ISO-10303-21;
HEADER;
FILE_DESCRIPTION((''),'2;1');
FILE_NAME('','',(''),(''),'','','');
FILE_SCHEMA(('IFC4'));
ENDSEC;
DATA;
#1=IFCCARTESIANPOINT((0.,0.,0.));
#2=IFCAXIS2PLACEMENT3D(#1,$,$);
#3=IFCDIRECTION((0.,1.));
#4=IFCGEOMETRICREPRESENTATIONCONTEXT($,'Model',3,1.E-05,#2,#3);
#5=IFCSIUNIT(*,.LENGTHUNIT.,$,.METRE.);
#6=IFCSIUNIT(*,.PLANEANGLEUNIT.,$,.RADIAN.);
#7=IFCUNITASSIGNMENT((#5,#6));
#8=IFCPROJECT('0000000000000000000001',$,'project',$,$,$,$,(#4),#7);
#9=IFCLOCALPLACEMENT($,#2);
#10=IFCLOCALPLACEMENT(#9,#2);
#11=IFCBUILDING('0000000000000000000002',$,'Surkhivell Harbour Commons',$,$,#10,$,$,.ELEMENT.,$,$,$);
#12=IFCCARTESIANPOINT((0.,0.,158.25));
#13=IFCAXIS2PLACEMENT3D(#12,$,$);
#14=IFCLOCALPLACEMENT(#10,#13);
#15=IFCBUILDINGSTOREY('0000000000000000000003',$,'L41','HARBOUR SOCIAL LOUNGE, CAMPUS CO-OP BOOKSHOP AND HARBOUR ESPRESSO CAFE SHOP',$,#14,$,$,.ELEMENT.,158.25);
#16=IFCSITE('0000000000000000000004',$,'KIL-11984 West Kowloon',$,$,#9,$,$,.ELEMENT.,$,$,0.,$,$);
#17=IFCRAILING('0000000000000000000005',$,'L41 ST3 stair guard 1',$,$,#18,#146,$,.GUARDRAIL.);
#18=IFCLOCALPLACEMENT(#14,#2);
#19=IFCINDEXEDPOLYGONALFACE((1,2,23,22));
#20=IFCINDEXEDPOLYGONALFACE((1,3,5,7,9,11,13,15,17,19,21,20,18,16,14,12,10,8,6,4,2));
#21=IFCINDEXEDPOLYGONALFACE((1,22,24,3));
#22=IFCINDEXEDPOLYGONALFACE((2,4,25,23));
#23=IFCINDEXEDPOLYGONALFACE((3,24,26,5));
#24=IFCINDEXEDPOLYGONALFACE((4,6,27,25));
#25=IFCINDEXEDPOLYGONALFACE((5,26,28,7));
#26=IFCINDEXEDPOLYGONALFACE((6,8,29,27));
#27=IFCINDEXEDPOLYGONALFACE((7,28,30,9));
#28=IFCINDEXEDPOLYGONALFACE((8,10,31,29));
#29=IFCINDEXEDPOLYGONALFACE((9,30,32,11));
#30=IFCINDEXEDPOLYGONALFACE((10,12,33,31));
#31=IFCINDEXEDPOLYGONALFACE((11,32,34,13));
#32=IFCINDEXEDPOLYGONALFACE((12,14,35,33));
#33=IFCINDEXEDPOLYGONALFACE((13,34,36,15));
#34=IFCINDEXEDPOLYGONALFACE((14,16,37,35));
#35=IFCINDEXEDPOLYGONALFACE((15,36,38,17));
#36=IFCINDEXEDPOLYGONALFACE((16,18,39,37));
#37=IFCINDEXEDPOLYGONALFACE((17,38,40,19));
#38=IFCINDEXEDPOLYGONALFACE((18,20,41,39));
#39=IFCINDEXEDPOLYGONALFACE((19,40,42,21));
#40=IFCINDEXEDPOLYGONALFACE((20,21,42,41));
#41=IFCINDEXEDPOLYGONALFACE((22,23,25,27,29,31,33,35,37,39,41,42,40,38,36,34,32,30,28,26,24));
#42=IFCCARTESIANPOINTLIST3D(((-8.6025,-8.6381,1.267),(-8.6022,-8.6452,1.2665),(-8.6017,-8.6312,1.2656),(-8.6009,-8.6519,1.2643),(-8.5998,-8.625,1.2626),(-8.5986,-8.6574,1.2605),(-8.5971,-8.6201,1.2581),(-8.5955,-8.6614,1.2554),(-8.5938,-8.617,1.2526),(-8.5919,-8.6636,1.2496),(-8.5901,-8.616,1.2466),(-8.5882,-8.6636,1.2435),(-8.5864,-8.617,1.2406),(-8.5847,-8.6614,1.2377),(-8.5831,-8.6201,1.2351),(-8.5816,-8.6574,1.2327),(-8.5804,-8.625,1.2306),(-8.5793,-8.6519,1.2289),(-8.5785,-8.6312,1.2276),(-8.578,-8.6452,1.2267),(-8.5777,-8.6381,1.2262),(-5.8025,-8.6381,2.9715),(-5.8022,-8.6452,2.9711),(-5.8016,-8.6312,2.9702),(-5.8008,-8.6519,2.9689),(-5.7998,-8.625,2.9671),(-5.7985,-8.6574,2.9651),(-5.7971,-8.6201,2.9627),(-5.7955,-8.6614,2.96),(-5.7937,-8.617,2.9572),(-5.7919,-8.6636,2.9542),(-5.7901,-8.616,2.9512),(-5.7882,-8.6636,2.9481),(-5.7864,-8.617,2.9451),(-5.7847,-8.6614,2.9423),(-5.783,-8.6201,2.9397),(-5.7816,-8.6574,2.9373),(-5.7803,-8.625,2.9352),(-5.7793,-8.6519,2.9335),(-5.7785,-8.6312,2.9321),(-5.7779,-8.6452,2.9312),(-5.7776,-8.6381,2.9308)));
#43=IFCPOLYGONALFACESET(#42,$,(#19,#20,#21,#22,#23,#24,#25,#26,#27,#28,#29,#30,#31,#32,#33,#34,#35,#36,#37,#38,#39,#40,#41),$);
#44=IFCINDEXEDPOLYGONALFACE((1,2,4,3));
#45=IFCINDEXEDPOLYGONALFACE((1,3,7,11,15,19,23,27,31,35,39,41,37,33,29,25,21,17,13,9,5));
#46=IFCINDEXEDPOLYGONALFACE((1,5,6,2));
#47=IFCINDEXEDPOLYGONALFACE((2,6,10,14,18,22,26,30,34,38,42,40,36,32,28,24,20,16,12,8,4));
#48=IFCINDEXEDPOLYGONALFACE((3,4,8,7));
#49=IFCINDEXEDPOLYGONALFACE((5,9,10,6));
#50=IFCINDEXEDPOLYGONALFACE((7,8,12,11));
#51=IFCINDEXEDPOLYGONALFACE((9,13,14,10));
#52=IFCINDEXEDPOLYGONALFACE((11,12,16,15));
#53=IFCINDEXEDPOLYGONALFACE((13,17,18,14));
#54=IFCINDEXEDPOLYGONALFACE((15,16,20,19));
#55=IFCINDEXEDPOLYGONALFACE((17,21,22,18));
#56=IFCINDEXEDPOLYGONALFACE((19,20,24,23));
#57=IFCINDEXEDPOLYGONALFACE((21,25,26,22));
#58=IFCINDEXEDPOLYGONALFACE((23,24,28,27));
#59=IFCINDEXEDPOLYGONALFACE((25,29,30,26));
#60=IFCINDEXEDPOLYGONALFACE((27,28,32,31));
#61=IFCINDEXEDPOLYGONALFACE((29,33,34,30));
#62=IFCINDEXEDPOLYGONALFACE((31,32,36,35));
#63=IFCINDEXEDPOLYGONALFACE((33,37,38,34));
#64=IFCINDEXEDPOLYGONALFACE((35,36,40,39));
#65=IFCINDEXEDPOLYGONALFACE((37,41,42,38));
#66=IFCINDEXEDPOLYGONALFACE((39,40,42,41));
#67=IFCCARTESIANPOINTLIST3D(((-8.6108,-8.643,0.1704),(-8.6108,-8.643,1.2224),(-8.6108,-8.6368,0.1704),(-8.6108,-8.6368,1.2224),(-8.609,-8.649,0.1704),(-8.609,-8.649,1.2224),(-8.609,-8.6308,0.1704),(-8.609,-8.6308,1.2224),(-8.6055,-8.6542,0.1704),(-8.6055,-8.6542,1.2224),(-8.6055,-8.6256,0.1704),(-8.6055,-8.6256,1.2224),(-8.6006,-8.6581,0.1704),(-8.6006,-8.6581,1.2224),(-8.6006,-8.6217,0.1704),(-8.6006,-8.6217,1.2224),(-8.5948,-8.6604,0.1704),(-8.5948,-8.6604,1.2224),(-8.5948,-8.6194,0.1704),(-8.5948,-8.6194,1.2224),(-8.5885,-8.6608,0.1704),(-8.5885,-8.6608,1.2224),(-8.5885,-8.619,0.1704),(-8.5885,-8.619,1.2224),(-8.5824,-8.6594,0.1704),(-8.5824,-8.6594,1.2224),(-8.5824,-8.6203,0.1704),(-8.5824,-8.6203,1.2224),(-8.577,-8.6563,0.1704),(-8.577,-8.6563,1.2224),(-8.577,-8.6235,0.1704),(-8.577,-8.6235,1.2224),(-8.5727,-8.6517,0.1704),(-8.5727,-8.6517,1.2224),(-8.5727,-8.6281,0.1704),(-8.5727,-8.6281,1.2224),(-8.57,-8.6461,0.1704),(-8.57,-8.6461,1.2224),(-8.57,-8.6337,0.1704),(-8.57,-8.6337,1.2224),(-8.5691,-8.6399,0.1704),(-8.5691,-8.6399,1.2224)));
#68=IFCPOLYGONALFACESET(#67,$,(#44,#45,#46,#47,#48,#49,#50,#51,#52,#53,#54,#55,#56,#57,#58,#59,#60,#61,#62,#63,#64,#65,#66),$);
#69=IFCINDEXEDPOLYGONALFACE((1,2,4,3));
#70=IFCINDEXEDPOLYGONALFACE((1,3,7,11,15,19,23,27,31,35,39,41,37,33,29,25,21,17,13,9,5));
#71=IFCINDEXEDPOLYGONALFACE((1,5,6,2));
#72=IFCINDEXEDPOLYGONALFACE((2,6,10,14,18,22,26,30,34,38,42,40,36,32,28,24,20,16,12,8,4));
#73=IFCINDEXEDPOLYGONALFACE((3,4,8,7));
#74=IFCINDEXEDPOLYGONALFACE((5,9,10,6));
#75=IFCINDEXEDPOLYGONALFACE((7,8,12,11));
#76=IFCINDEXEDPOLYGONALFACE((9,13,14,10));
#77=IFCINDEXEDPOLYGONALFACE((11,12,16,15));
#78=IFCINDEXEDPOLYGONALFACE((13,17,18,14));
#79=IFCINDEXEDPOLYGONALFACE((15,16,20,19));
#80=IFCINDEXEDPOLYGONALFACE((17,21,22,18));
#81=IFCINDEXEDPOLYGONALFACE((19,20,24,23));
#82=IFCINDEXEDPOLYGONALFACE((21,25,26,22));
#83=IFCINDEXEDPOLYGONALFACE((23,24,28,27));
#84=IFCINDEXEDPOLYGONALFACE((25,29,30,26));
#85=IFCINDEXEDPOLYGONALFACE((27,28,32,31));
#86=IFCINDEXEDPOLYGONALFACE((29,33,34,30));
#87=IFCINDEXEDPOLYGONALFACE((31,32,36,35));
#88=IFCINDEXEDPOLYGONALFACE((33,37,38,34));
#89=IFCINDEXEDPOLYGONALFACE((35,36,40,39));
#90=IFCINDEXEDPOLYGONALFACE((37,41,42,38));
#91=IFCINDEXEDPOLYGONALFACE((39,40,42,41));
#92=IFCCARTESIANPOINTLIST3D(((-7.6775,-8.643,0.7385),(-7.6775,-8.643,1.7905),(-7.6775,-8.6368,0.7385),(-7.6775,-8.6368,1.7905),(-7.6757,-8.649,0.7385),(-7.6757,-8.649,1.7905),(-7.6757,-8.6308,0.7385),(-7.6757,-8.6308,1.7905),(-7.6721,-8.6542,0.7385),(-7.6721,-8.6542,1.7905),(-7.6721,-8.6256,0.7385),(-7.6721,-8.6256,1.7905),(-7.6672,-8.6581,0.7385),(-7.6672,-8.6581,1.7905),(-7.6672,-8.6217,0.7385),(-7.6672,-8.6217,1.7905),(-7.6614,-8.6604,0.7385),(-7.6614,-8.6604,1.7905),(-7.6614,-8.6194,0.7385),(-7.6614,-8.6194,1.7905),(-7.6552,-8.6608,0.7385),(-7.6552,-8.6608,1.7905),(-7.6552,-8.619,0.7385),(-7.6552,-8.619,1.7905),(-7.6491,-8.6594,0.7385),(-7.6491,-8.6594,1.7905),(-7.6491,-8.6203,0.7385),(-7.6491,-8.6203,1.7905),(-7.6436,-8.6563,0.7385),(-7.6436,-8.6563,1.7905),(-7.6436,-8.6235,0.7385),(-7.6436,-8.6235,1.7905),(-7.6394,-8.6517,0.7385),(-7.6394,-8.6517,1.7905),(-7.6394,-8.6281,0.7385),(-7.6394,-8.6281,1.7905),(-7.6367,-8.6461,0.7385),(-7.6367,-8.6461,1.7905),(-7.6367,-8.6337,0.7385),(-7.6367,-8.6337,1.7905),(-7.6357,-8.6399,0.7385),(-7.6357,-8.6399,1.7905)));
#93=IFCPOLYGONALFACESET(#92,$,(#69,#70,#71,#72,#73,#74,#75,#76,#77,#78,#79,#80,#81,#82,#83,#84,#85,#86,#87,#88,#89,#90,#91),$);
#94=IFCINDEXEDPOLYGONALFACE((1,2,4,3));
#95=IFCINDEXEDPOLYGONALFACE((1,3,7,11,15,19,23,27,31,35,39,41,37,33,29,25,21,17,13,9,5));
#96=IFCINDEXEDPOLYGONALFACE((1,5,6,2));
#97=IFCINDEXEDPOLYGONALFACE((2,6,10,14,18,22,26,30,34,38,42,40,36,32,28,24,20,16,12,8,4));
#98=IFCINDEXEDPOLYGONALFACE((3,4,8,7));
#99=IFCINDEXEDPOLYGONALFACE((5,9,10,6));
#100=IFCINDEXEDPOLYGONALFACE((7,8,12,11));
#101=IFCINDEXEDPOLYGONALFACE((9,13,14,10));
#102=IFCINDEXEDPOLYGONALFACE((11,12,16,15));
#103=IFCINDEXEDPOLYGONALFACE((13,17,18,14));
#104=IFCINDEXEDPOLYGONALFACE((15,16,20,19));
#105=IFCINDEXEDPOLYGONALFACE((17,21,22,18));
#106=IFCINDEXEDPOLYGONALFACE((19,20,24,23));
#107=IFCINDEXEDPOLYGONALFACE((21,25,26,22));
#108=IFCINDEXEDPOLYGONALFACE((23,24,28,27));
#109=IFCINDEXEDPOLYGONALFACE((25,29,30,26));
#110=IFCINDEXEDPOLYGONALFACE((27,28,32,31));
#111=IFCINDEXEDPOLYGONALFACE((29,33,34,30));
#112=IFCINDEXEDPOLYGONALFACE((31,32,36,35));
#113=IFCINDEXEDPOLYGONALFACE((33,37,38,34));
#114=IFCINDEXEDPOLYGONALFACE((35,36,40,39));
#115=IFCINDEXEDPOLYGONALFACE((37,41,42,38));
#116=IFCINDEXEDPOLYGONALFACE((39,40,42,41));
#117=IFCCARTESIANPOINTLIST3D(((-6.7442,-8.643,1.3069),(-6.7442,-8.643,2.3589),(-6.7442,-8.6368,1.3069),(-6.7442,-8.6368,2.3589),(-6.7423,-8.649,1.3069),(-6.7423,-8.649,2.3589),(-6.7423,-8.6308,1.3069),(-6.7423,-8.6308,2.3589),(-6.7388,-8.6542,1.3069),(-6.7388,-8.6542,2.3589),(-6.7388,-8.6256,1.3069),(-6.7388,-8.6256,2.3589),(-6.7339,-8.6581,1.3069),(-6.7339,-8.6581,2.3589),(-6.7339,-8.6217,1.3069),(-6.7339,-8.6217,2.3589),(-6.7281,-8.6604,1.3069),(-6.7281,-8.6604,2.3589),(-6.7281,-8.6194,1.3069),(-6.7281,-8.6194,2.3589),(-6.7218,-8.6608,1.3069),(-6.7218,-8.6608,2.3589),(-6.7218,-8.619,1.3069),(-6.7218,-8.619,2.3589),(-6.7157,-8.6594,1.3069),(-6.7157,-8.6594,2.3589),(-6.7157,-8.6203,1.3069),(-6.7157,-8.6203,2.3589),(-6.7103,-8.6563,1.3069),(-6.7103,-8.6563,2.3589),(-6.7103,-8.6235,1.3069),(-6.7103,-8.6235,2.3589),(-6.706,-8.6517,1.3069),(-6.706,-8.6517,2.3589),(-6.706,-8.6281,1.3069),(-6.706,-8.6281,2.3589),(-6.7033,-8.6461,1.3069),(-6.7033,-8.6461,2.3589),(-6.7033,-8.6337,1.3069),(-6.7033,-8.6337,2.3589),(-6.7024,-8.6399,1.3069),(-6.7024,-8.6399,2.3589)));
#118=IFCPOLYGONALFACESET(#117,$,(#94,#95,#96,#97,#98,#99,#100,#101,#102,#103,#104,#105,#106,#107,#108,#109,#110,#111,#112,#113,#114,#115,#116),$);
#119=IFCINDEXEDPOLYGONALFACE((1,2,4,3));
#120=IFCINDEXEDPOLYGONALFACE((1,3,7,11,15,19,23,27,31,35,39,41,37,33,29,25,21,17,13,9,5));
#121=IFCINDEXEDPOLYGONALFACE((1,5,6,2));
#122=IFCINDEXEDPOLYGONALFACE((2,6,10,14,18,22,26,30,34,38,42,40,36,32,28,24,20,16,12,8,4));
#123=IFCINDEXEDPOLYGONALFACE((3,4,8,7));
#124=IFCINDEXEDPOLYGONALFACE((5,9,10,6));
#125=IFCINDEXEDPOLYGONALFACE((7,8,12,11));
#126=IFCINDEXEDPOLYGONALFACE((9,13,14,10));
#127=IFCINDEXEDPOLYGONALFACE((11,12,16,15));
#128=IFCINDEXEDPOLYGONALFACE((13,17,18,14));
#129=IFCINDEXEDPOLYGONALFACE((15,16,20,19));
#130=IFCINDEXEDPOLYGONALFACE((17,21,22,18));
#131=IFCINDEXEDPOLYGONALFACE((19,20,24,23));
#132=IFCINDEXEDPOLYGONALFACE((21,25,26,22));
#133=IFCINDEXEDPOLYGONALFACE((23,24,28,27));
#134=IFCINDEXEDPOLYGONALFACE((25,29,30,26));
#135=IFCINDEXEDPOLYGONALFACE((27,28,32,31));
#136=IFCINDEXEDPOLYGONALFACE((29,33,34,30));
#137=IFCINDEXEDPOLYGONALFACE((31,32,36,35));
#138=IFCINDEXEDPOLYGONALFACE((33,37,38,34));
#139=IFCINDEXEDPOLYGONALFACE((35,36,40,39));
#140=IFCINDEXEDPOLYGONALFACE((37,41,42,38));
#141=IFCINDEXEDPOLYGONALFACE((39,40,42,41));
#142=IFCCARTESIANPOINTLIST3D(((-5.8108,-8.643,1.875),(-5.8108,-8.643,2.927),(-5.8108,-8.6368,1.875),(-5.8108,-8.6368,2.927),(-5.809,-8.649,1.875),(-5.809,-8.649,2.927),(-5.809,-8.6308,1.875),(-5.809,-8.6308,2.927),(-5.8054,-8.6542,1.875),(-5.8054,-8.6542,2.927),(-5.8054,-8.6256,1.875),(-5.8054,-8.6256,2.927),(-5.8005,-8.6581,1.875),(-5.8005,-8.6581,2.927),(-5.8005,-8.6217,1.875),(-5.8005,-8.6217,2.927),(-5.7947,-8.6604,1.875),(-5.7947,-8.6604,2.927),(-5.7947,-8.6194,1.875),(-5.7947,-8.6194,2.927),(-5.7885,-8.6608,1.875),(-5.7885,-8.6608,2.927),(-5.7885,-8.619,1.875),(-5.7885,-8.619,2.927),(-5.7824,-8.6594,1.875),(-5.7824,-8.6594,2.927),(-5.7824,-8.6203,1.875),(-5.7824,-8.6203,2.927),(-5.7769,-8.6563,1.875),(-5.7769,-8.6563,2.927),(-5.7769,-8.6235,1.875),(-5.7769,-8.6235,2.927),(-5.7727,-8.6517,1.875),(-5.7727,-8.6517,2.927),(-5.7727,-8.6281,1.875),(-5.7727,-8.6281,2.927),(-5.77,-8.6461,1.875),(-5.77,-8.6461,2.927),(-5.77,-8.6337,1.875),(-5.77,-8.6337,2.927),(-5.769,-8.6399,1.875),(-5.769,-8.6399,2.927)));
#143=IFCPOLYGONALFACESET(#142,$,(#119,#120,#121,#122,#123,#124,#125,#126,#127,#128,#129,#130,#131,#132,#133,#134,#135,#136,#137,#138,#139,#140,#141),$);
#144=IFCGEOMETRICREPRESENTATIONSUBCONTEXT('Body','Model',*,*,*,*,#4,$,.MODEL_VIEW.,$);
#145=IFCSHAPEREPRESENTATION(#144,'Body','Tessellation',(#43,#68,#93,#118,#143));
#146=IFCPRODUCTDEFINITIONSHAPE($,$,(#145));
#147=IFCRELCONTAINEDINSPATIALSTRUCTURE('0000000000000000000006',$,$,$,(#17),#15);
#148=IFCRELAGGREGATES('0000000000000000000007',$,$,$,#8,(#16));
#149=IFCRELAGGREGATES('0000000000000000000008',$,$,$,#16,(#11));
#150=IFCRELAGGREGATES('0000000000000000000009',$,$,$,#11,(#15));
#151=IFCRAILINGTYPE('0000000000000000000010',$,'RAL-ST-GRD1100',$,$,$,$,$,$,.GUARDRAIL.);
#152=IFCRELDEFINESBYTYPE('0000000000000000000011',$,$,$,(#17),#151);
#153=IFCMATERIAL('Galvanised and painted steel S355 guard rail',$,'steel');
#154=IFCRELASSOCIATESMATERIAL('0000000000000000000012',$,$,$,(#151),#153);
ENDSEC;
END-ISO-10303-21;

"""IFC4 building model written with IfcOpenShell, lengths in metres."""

from ifc_helpers import new_model, si_unit, direction, frame, origin, origin_2d, place, context, subcontext, project, spatial, circle, extrude, material, type_object, element, save


model = new_model("IFC4")

# Units and contexts
model_context = context("Model", 3, precision=1e-05, world=origin(), true_north=direction((0.0, 1.0)))
body_context = subcontext(model_context, "Body", "Model", "MODEL_VIEW")
ifc_project = project(units=[si_unit("LENGTHUNIT", "METRE"), si_unit("PLANEANGLEUNIT", "RADIAN")], contexts=[model_context])

# Site, building, storey
site_placement = place(None, origin())
site = spatial("IfcSite", under=ifc_project, at=site_placement, Name="KIL-11984 West Kowloon", CompositionType="ELEMENT", RefElevation=0.0)
building_placement = place(site_placement, origin())
building = spatial("IfcBuilding", under=site, at=building_placement, Name="Surkhivell Harbour Commons", CompositionType="ELEMENT")
storey_placement = place(building_placement, frame((0.0, 0.0, 158.25)))
storey = spatial("IfcBuildingStorey", under=building, at=storey_placement, Name="L41", Description="HARBOUR SOCIAL LOUNGE, CAMPUS CO-OP BOOKSHOP AND HARBOUR ESPRESSO CAFE SHOP", CompositionType="ELEMENT", Elevation=158.25)

# Railing
ifc_material_1 = material(Name="Galvanised and painted steel S355 guard rail", Category="steel")
railing_type_1 = type_object("IfcRailingType", Name="RAL-ST-GRD1100", PredefinedType="GUARDRAIL", material=ifc_material_1)
railing_1_placement = place(storey_placement, frame((-8.5901, -8.6399, 0.1704)))
element("IfcRailing", 1, at=railing_1_placement, inside=storey, type_object=railing_type_1, Name="L41 ST3 stair guard 1", PredefinedType="GUARDRAIL", context=body_context, shape_type="SweptSolid", body=[
    extrude(circle(Radius=0.0239, at=origin_2d()), frame((0.0, 0.0, 1.0762), z_axis=(0.85417, 0.0, 0.519994), x_axis=(0.0, 1.0, 0.0)), (0.0, 0.0, 1.0), 3.2781),
    extrude(circle(Radius=0.021, at=origin_2d()), origin(), (0.0, 0.0, 1.0), 1.052),
    extrude(circle(Radius=0.021, at=origin_2d()), frame((0.9333, 0.0, 0.5681)), (0.0, 0.0, 1.0), 1.052),
    extrude(circle(Radius=0.021, at=origin_2d()), frame((1.8667, 0.0, 1.1365)), (0.0, 0.0, 1.0), 1.052),
    extrude(circle(Radius=0.021, at=origin_2d()), frame((2.8, 0.0, 1.7046)), (0.0, 0.0, 1.0), 1.052),
])

save(model, "model.ifc")
